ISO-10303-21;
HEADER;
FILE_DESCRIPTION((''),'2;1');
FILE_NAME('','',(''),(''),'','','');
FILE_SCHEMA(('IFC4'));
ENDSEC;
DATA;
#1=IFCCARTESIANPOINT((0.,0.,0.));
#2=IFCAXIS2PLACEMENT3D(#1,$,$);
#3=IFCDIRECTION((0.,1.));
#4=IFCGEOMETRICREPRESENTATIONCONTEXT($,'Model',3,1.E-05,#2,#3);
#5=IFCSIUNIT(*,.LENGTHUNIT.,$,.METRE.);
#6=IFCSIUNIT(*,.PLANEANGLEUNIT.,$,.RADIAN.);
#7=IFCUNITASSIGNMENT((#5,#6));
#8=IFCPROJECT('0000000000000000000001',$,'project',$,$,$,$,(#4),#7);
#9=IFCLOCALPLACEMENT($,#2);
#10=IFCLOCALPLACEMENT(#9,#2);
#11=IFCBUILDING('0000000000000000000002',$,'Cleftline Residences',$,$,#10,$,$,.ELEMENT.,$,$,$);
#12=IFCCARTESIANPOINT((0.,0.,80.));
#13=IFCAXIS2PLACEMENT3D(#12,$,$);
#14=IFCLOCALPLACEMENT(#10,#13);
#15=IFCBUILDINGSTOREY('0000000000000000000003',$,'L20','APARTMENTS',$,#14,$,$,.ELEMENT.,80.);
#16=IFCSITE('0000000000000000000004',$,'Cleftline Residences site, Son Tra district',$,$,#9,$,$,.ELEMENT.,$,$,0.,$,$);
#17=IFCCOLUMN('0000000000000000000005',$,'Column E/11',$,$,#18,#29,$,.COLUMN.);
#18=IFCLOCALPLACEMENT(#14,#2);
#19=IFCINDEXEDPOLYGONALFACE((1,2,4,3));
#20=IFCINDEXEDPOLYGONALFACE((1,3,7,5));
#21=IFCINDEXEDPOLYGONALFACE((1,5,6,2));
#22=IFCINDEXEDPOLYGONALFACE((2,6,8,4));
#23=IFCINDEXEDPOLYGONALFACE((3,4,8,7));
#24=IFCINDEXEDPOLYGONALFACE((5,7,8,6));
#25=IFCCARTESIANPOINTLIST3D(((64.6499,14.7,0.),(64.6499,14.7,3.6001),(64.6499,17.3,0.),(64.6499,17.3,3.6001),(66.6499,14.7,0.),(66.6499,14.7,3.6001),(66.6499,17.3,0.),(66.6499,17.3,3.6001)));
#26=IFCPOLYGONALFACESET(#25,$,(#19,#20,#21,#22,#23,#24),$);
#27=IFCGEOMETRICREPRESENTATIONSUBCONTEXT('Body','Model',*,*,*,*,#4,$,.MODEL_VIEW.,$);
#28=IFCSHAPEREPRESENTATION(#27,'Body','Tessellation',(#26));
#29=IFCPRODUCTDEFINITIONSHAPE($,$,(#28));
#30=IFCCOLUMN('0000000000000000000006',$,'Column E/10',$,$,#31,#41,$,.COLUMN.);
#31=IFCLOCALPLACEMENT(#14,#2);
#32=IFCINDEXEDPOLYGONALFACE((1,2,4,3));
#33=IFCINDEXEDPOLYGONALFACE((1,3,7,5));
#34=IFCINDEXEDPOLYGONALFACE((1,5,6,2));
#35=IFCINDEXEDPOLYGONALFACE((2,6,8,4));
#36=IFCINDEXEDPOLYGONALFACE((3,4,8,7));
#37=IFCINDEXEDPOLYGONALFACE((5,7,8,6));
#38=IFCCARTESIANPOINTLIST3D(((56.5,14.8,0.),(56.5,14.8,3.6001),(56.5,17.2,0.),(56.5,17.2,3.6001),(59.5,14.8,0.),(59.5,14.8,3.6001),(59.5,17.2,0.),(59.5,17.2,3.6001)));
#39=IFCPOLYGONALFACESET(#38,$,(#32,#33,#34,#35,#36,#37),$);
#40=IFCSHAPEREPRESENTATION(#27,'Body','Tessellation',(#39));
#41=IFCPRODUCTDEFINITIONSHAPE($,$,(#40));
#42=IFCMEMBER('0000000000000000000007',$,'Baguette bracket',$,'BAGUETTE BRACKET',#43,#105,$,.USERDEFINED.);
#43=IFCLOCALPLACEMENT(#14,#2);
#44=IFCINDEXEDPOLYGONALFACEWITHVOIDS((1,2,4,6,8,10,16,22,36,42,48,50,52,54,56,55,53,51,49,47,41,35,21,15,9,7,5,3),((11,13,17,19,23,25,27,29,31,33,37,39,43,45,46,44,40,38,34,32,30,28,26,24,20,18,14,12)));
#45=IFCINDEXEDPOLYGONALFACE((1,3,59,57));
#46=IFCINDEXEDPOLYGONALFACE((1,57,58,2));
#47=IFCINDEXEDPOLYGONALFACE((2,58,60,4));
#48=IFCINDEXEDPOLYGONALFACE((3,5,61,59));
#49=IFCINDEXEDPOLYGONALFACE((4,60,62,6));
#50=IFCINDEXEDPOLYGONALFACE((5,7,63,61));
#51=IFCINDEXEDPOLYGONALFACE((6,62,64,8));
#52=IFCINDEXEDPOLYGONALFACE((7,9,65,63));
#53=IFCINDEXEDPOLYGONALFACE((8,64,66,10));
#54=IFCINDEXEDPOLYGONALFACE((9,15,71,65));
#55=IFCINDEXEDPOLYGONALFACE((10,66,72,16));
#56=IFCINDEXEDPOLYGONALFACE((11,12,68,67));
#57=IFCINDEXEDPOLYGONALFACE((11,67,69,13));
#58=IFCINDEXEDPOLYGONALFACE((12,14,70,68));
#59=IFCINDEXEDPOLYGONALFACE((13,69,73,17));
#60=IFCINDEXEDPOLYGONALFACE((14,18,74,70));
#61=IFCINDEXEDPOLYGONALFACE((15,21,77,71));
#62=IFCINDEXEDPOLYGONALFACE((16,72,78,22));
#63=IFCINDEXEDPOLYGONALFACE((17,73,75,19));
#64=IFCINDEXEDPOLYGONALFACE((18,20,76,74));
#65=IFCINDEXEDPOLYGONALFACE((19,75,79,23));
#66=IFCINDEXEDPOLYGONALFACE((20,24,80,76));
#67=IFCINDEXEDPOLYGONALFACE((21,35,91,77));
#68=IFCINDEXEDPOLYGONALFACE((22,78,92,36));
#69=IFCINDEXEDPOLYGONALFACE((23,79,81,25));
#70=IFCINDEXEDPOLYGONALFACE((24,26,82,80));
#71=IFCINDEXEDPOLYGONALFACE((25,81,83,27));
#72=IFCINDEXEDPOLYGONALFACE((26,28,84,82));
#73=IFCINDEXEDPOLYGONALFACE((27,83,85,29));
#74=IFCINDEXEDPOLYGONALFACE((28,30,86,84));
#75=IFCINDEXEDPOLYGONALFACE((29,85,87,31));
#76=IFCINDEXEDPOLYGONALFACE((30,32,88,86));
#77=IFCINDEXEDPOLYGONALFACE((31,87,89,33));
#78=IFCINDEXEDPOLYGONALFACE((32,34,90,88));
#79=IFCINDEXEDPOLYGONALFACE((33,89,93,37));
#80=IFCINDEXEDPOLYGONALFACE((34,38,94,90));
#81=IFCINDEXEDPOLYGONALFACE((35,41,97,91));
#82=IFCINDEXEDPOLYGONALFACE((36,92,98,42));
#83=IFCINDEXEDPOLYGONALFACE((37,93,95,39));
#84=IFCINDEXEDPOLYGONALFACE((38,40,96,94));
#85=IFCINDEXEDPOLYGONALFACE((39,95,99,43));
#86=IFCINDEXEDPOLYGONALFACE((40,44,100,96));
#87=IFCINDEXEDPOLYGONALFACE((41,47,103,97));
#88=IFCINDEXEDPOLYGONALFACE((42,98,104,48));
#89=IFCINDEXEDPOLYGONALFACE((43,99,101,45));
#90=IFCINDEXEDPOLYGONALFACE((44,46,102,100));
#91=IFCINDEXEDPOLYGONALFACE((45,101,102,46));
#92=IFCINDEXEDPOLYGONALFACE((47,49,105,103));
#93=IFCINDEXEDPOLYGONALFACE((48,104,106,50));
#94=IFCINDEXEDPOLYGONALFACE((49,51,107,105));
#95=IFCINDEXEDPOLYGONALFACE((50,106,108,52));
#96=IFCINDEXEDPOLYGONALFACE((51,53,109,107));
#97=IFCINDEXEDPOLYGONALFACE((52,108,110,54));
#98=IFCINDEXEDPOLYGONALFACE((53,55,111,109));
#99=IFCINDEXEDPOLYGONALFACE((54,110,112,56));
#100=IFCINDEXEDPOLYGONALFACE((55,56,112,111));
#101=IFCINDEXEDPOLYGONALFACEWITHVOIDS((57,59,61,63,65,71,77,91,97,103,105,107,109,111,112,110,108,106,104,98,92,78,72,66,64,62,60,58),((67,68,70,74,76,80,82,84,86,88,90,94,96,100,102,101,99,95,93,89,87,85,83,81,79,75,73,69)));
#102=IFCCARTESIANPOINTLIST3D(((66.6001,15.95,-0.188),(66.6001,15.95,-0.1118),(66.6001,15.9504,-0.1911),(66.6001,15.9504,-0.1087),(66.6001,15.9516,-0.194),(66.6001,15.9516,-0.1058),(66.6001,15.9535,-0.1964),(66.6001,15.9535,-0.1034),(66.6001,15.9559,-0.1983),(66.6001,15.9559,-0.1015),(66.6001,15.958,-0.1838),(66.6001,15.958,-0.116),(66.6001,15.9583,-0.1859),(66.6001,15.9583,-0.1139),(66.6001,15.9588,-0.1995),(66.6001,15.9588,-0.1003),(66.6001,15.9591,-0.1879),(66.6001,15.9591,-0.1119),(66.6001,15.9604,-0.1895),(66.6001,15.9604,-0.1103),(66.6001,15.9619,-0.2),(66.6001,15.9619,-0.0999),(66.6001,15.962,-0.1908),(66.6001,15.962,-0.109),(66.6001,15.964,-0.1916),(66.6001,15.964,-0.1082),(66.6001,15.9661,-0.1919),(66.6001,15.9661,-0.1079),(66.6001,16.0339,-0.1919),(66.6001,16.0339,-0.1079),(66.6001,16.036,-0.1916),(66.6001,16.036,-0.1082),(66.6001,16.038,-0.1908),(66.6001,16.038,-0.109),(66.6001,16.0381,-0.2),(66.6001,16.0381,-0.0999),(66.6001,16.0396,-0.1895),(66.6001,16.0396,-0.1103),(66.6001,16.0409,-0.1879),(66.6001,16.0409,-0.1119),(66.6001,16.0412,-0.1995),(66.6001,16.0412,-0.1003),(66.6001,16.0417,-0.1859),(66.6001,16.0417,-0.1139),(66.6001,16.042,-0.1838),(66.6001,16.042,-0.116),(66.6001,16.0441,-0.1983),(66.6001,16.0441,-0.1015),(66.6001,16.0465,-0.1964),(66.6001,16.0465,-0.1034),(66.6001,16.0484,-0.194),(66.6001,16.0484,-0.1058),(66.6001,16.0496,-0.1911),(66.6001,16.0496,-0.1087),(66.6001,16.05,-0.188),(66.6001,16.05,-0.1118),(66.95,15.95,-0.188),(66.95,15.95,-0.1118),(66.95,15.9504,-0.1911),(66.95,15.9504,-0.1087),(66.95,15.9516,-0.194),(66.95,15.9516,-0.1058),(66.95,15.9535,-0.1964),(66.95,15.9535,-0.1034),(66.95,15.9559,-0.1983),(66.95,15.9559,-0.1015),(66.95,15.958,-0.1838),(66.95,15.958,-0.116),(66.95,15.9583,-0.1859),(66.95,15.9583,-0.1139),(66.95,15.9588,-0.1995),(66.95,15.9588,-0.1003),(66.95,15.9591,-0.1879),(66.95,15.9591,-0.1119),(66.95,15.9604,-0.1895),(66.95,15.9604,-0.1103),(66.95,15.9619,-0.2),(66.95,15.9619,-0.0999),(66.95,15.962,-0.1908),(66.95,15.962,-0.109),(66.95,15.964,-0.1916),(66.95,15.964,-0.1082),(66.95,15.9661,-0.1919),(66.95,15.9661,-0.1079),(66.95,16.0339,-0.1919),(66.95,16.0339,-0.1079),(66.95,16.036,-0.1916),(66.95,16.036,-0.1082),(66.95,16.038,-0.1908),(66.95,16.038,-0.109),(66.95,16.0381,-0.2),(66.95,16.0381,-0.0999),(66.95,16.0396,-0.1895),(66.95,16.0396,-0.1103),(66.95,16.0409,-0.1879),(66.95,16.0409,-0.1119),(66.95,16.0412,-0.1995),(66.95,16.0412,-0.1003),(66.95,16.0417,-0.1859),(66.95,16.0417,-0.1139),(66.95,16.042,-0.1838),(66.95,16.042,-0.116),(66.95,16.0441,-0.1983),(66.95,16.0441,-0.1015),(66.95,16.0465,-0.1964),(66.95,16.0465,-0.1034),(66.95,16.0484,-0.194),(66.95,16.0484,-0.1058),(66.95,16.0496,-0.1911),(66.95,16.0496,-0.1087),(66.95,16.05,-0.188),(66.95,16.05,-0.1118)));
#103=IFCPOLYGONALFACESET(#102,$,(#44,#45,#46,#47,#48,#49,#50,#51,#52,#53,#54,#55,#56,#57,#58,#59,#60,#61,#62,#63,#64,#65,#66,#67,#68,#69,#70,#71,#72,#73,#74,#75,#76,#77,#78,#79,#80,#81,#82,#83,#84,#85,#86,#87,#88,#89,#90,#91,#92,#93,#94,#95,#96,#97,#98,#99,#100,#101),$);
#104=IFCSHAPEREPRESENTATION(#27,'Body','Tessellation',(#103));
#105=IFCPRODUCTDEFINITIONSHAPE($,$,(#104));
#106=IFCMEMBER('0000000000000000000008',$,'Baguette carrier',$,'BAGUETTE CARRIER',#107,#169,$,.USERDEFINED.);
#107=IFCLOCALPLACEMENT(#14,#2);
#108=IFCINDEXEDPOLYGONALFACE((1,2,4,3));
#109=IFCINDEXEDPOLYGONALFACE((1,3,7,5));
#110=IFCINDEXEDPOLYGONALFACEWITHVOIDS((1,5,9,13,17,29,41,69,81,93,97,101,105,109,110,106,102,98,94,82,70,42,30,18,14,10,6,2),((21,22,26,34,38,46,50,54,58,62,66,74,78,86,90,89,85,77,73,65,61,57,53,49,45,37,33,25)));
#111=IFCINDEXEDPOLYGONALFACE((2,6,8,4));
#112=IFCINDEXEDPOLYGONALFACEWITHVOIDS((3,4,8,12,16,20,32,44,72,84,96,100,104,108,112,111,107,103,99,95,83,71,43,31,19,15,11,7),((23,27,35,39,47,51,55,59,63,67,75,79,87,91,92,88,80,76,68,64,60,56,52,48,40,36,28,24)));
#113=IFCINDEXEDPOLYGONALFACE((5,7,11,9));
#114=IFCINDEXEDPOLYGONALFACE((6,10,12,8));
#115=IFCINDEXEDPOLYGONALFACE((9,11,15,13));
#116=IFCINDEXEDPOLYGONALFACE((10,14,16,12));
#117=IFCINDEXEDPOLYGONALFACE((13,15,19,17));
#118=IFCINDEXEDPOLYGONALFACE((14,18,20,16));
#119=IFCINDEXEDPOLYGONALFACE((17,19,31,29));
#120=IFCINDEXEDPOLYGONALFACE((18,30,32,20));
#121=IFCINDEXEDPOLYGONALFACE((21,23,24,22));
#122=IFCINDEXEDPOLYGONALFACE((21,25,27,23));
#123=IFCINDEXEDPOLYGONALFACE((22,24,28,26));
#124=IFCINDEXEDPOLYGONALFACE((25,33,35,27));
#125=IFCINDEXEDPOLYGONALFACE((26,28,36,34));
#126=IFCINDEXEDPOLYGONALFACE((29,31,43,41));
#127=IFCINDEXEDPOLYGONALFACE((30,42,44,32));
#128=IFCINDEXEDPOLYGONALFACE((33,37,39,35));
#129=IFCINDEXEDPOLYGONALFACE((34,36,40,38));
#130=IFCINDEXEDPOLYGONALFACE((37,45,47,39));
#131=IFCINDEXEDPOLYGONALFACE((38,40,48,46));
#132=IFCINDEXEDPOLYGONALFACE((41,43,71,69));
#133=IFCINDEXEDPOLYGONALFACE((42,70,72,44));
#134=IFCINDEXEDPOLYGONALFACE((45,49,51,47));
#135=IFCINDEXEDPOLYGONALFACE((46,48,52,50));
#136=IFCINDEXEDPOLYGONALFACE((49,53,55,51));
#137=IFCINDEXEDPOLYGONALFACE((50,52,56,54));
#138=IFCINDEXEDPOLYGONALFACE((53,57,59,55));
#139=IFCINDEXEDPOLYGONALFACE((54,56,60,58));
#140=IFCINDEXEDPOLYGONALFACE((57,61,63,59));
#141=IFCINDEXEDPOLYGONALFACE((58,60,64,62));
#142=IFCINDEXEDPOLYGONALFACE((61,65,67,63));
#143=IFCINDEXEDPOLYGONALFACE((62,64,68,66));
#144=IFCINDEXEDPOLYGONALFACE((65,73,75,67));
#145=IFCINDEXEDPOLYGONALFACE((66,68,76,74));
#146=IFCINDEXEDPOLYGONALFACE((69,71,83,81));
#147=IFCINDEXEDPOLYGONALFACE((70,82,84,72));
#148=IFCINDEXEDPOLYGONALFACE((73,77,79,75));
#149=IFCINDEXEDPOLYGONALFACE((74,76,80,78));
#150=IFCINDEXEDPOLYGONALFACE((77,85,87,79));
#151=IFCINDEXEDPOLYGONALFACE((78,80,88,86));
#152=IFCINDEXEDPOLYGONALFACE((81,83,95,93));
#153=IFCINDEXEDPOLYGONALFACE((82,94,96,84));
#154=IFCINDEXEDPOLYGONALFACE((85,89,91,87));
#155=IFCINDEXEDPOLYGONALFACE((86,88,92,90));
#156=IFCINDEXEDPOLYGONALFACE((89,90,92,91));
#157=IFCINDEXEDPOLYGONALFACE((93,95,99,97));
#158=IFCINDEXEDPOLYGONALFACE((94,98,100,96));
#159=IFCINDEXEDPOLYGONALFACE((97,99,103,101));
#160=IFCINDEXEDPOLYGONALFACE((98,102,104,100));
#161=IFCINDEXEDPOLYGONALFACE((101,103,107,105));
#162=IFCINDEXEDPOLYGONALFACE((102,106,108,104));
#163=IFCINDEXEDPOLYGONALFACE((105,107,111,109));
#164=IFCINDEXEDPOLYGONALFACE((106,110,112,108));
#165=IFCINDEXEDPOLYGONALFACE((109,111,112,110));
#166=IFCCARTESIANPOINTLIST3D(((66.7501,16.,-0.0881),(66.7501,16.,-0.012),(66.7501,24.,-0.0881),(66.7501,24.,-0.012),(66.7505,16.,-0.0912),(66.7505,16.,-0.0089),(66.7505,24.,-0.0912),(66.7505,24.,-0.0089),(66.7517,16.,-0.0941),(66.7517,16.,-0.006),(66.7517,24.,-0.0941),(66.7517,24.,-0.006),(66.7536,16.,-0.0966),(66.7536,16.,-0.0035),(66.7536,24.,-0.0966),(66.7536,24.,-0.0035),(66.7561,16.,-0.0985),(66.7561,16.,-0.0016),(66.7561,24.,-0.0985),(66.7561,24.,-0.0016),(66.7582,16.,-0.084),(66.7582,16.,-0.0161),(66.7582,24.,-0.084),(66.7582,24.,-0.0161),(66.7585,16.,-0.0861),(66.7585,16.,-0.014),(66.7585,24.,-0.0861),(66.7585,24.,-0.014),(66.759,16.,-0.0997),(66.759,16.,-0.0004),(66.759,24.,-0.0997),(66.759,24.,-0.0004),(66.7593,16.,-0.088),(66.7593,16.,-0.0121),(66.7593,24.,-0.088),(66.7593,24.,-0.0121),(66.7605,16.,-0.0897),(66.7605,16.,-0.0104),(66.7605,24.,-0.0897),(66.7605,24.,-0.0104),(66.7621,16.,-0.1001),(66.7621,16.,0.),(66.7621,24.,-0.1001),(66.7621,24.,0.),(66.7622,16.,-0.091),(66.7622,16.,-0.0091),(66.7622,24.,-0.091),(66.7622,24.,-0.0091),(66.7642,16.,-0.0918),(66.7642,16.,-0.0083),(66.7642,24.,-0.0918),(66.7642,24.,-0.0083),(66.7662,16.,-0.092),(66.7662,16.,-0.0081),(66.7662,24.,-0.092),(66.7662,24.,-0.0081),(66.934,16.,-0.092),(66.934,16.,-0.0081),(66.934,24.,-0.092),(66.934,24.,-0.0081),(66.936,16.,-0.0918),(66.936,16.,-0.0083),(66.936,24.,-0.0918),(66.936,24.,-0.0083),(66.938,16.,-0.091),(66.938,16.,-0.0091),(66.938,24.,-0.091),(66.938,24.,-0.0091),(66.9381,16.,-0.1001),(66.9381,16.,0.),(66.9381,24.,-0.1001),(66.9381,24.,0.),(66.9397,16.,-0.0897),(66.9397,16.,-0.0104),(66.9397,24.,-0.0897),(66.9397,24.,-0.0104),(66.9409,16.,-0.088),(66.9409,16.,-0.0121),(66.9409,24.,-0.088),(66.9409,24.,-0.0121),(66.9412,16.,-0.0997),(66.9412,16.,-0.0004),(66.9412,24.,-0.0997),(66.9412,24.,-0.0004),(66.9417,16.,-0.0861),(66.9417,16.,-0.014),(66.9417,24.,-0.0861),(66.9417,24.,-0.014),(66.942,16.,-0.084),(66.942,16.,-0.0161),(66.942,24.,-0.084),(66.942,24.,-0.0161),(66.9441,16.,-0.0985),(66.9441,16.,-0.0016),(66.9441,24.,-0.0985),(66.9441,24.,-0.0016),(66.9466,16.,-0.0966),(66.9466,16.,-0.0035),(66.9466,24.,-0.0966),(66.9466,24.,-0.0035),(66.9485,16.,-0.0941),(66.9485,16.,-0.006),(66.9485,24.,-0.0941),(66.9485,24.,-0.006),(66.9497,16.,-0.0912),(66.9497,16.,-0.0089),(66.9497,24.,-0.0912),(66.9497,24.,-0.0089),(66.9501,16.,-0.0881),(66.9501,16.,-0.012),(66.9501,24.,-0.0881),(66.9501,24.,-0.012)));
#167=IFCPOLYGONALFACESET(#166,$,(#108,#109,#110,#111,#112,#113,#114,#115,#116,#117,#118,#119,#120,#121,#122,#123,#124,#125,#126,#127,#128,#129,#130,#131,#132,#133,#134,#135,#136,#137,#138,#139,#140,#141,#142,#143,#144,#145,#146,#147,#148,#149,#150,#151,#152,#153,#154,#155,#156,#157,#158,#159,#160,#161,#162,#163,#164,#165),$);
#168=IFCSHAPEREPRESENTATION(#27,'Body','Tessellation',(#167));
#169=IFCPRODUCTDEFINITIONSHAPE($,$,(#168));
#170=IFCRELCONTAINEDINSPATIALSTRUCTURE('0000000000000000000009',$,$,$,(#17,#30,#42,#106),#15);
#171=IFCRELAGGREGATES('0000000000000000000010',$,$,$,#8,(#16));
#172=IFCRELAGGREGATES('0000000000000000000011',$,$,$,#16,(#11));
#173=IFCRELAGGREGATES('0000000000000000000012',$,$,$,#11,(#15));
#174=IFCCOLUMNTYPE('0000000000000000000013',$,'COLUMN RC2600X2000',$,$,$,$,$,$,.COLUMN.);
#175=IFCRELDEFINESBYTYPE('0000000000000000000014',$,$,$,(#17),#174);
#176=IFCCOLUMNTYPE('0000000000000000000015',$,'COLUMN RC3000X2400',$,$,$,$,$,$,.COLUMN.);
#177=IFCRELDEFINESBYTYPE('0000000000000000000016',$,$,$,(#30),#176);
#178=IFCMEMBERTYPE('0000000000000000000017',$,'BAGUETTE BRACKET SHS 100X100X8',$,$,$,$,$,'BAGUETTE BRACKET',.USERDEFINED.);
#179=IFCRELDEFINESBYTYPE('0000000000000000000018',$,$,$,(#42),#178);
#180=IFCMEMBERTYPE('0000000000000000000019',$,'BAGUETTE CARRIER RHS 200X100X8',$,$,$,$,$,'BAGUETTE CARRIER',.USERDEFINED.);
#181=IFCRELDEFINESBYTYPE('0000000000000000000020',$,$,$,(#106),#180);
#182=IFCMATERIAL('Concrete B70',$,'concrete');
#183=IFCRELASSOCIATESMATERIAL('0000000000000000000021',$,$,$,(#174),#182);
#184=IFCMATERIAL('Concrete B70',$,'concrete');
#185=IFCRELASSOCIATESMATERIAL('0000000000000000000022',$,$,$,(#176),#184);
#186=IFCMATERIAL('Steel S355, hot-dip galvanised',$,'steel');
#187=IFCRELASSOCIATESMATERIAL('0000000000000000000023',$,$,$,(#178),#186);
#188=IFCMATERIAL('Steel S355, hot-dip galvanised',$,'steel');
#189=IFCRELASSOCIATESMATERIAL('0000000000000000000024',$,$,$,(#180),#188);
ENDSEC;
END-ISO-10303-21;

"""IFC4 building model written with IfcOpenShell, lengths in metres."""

from ifc_helpers import new_model, si_unit, direction, frame, origin, origin_2d, place, context, subcontext, project, spatial, rectangle, hollow_rectangle, extrude, material, material_profile, profile_set, type_object, element, save


model = new_model("IFC4")

# Units and contexts
model_context = context("Model", 3, precision=1e-05, world=origin(), true_north=direction((0.0, 1.0)))
body_context = subcontext(model_context, "Body", "Model", "MODEL_VIEW")
ifc_project = project(units=[si_unit("LENGTHUNIT", "METRE"), si_unit("PLANEANGLEUNIT", "RADIAN")], contexts=[model_context])

# Site, building, storey
site_placement = place(None, origin())
site = spatial("IfcSite", under=ifc_project, at=site_placement, Name="Cleftline Residences site, Son Tra district", CompositionType="ELEMENT", RefElevation=0.0)
building_placement = place(site_placement, origin())
building = spatial("IfcBuilding", under=site, at=building_placement, Name="Cleftline Residences", CompositionType="ELEMENT")
storey_placement = place(building_placement, frame((0.0, 0.0, 80.0)))
storey = spatial("IfcBuildingStorey", under=building, at=storey_placement, Name="L20", Description="APARTMENTS", CompositionType="ELEMENT", Elevation=80.0)

# Columns
ifc_material_1 = material(Name="Concrete B70", Category="concrete")
ifc_material_profile_1 = material_profile(ifc_material_1, rectangle(XDim=2.6001, YDim=2.0, at=origin_2d()))
ifc_profile_set_1 = profile_set([ifc_material_profile_1], Name="Concrete B70")
column_type_1 = type_object("IfcColumnType", Name="COLUMN RC2600X2000", PredefinedType="COLUMN", material=ifc_profile_set_1)
column_1_placement = place(storey_placement, frame((65.6499, 16.0, 0.0), z_axis=(0.0, 0.0, 1.0), x_axis=(0.0, 1.0, 0.0)))
element("IfcColumn", 1, at=column_1_placement, inside=storey, type_object=column_type_1, Name="Column E/11", PredefinedType="COLUMN", context=body_context, shape_type="SweptSolid", body=[
    extrude(rectangle(XDim=2.6001, YDim=2.0, at=origin_2d()), origin(), (0.0, 0.0, 1.0), 3.6001),
])
ifc_material_2 = material(Name="Concrete B70", Category="concrete")
ifc_material_profile_2 = material_profile(ifc_material_2, rectangle(XDim=3.0, YDim=2.3999, at=origin_2d()))
ifc_profile_set_2 = profile_set([ifc_material_profile_2], Name="Concrete B70")
column_type_2 = type_object("IfcColumnType", Name="COLUMN RC3000X2400", PredefinedType="COLUMN", material=ifc_profile_set_2)
column_2_placement = place(storey_placement, frame((58.0, 16.0, 0.0), z_axis=(0.0, 0.0, 1.0), x_axis=(1.0, 0.0, 0.0)))
element("IfcColumn", 2, at=column_2_placement, inside=storey, type_object=column_type_2, Name="Column E/10", PredefinedType="COLUMN", context=body_context, shape_type="SweptSolid", body=[
    extrude(rectangle(XDim=3.0, YDim=2.3999, at=origin_2d()), origin(), (0.0, 0.0, 1.0), 3.6001),
])

# Members
ifc_material_3 = material(Name="Steel S355, hot-dip galvanised", Category="steel")
ifc_material_profile_3 = material_profile(ifc_material_3, hollow_rectangle(XDim=0.1001, YDim=0.1001, WallThickness=0.0081, InnerFilletRadius=0.0081, OuterFilletRadius=0.012, at=origin_2d()))
ifc_profile_set_3 = profile_set([ifc_material_profile_3], Name="Steel S355, hot-dip galvanised")
member_type_1 = type_object("IfcMemberType", Name="BAGUETTE BRACKET SHS 100X100X8", ElementType="BAGUETTE BRACKET", PredefinedType="USERDEFINED", material=ifc_profile_set_3)
member_1_placement = place(storey_placement, frame((66.6001, 16.0, -0.1499), z_axis=(1.0, 0.0, 0.0), x_axis=(0.0, 1.0, 0.0)))
element("IfcMember", 3, at=member_1_placement, inside=storey, type_object=member_type_1, Name="Baguette bracket", ObjectType="BAGUETTE BRACKET", PredefinedType="USERDEFINED", context=body_context, shape_type="SweptSolid", body=[
    extrude(hollow_rectangle(XDim=0.1001, YDim=0.1001, WallThickness=0.0081, InnerFilletRadius=0.0081, OuterFilletRadius=0.012, at=origin_2d()), origin(), (0.0, 0.0, 1.0), 0.3499),
])
ifc_material_4 = material(Name="Steel S355, hot-dip galvanised", Category="steel")
ifc_material_profile_4 = material_profile(ifc_material_4, hollow_rectangle(XDim=0.1001, YDim=0.2, WallThickness=0.0081, InnerFilletRadius=0.0081, OuterFilletRadius=0.012, at=origin_2d()))
ifc_profile_set_4 = profile_set([ifc_material_profile_4], Name="Steel S355, hot-dip galvanised")
member_type_2 = type_object("IfcMemberType", Name="BAGUETTE CARRIER RHS 200X100X8", ElementType="BAGUETTE CARRIER", PredefinedType="USERDEFINED", material=ifc_profile_set_4)
member_2_placement = place(storey_placement, frame((66.8501, 16.0, -0.05), z_axis=(0.0, 1.0, 0.0), x_axis=(0.0, 0.0, 1.0)))
element("IfcMember", 4, at=member_2_placement, inside=storey, type_object=member_type_2, Name="Baguette carrier", ObjectType="BAGUETTE CARRIER", PredefinedType="USERDEFINED", context=body_context, shape_type="SweptSolid", body=[
    extrude(hollow_rectangle(XDim=0.1001, YDim=0.2, WallThickness=0.0081, InnerFilletRadius=0.0081, OuterFilletRadius=0.012, at=origin_2d()), origin(), (0.0, 0.0, 1.0), 8.0),
])

save(model, "model.ifc")
